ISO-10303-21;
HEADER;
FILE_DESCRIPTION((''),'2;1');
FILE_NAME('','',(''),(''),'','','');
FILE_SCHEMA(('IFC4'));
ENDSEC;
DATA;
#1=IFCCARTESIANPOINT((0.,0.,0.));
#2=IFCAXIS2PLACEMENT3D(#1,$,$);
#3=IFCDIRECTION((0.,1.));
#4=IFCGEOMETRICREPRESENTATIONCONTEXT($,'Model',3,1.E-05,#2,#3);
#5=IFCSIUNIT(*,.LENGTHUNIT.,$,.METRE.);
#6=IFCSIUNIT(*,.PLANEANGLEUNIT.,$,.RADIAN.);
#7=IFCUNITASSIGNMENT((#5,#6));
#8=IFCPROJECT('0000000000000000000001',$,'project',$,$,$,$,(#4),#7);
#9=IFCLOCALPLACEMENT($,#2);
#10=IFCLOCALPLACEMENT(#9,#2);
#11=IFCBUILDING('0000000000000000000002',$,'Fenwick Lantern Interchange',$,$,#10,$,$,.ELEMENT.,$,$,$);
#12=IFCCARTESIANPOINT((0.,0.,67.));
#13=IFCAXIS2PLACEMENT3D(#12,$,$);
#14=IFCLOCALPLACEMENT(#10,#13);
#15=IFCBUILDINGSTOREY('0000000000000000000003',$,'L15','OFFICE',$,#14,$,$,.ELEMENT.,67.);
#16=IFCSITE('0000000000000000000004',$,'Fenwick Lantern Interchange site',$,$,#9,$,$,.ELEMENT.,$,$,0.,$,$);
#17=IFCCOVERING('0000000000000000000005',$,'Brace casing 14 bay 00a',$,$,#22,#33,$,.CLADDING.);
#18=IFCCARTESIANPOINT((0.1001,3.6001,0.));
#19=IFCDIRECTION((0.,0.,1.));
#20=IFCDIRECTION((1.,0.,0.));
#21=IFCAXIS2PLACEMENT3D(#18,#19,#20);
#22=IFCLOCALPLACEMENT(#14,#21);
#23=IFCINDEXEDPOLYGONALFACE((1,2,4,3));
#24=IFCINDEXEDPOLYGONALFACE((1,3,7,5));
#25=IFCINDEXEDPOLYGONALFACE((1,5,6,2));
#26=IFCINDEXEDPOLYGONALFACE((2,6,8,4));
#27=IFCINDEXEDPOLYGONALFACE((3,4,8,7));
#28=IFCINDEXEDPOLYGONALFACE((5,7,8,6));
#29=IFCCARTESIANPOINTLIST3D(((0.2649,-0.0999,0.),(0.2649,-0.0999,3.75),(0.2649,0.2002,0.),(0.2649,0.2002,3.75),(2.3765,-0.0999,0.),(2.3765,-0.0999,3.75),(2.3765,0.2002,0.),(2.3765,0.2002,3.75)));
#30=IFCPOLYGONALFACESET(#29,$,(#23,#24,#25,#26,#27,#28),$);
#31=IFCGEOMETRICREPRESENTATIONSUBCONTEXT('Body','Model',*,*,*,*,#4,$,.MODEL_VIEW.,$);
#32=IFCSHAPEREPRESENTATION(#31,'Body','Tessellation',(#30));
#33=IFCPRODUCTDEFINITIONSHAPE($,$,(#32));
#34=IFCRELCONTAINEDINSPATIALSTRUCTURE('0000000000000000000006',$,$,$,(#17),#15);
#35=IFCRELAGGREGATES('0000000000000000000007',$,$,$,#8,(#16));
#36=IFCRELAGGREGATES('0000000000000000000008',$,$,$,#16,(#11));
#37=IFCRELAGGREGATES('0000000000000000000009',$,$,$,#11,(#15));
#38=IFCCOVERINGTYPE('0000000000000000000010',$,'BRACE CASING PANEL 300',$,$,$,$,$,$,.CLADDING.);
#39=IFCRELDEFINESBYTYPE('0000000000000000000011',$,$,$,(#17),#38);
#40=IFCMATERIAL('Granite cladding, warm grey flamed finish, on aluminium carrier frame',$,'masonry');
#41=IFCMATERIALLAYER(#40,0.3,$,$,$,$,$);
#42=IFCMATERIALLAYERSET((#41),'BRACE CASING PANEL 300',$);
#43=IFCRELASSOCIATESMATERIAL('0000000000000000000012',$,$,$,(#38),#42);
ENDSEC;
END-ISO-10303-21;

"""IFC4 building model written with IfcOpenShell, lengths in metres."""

from ifc_helpers import new_model, si_unit, direction, frame, origin, place, context, subcontext, project, spatial, polyline, outline, extrude, material, layer, layer_set, type_object, element, save


model = new_model("IFC4")

# Units and contexts
model_context = context("Model", 3, precision=1e-05, world=origin(), true_north=direction((0.0, 1.0)))
body_context = subcontext(model_context, "Body", "Model", "MODEL_VIEW")
ifc_project = project(units=[si_unit("LENGTHUNIT", "METRE"), si_unit("PLANEANGLEUNIT", "RADIAN")], contexts=[model_context])

# Site, building, storey
site_placement = place(None, origin())
site = spatial("IfcSite", under=ifc_project, at=site_placement, Name="Fenwick Lantern Interchange site", CompositionType="ELEMENT", RefElevation=0.0)
building_placement = place(site_placement, origin())
building = spatial("IfcBuilding", under=site, at=building_placement, Name="Fenwick Lantern Interchange", CompositionType="ELEMENT")
storey_placement = place(building_placement, frame((0.0, 0.0, 67.0)))
storey = spatial("IfcBuildingStorey", under=building, at=storey_placement, Name="L15", Description="OFFICE", CompositionType="ELEMENT", Elevation=67.0)

# Covering
ifc_material_1 = material(Name="Granite cladding, warm grey flamed finish, on aluminium carrier frame", Category="masonry")
ifc_layer_1 = layer(ifc_material_1, 0.3)
ifc_layer_set_1 = layer_set([ifc_layer_1], Name="BRACE CASING PANEL 300")
covering_type_1 = type_object("IfcCoveringType", Name="BRACE CASING PANEL 300", PredefinedType="CLADDING", material=ifc_layer_set_1)
covering_1_placement = place(storey_placement, frame((0.1001, 3.6001, 0.0), z_axis=(0.0, 0.0, 1.0), x_axis=(1.0, 0.0, 0.0)))
element("IfcCovering", 1, at=covering_1_placement, inside=storey, type_object=covering_type_1, Name="Brace casing 14 bay 00a", PredefinedType="CLADDING", context=body_context, shape_type="SweptSolid", body=[
    extrude(outline(polyline([(0.2649, 0.0), (2.3765, 0.0), (2.3765, 3.75), (0.2649, 3.75), (0.2649, 0.0)])), frame((0.0, 0.2002, 0.0), z_axis=(0.0, -1.0, 0.0), x_axis=(1.0, 0.0, 0.0)), (0.0, 0.0, 1.0), 0.3),
])

save(model, "model.ifc")
